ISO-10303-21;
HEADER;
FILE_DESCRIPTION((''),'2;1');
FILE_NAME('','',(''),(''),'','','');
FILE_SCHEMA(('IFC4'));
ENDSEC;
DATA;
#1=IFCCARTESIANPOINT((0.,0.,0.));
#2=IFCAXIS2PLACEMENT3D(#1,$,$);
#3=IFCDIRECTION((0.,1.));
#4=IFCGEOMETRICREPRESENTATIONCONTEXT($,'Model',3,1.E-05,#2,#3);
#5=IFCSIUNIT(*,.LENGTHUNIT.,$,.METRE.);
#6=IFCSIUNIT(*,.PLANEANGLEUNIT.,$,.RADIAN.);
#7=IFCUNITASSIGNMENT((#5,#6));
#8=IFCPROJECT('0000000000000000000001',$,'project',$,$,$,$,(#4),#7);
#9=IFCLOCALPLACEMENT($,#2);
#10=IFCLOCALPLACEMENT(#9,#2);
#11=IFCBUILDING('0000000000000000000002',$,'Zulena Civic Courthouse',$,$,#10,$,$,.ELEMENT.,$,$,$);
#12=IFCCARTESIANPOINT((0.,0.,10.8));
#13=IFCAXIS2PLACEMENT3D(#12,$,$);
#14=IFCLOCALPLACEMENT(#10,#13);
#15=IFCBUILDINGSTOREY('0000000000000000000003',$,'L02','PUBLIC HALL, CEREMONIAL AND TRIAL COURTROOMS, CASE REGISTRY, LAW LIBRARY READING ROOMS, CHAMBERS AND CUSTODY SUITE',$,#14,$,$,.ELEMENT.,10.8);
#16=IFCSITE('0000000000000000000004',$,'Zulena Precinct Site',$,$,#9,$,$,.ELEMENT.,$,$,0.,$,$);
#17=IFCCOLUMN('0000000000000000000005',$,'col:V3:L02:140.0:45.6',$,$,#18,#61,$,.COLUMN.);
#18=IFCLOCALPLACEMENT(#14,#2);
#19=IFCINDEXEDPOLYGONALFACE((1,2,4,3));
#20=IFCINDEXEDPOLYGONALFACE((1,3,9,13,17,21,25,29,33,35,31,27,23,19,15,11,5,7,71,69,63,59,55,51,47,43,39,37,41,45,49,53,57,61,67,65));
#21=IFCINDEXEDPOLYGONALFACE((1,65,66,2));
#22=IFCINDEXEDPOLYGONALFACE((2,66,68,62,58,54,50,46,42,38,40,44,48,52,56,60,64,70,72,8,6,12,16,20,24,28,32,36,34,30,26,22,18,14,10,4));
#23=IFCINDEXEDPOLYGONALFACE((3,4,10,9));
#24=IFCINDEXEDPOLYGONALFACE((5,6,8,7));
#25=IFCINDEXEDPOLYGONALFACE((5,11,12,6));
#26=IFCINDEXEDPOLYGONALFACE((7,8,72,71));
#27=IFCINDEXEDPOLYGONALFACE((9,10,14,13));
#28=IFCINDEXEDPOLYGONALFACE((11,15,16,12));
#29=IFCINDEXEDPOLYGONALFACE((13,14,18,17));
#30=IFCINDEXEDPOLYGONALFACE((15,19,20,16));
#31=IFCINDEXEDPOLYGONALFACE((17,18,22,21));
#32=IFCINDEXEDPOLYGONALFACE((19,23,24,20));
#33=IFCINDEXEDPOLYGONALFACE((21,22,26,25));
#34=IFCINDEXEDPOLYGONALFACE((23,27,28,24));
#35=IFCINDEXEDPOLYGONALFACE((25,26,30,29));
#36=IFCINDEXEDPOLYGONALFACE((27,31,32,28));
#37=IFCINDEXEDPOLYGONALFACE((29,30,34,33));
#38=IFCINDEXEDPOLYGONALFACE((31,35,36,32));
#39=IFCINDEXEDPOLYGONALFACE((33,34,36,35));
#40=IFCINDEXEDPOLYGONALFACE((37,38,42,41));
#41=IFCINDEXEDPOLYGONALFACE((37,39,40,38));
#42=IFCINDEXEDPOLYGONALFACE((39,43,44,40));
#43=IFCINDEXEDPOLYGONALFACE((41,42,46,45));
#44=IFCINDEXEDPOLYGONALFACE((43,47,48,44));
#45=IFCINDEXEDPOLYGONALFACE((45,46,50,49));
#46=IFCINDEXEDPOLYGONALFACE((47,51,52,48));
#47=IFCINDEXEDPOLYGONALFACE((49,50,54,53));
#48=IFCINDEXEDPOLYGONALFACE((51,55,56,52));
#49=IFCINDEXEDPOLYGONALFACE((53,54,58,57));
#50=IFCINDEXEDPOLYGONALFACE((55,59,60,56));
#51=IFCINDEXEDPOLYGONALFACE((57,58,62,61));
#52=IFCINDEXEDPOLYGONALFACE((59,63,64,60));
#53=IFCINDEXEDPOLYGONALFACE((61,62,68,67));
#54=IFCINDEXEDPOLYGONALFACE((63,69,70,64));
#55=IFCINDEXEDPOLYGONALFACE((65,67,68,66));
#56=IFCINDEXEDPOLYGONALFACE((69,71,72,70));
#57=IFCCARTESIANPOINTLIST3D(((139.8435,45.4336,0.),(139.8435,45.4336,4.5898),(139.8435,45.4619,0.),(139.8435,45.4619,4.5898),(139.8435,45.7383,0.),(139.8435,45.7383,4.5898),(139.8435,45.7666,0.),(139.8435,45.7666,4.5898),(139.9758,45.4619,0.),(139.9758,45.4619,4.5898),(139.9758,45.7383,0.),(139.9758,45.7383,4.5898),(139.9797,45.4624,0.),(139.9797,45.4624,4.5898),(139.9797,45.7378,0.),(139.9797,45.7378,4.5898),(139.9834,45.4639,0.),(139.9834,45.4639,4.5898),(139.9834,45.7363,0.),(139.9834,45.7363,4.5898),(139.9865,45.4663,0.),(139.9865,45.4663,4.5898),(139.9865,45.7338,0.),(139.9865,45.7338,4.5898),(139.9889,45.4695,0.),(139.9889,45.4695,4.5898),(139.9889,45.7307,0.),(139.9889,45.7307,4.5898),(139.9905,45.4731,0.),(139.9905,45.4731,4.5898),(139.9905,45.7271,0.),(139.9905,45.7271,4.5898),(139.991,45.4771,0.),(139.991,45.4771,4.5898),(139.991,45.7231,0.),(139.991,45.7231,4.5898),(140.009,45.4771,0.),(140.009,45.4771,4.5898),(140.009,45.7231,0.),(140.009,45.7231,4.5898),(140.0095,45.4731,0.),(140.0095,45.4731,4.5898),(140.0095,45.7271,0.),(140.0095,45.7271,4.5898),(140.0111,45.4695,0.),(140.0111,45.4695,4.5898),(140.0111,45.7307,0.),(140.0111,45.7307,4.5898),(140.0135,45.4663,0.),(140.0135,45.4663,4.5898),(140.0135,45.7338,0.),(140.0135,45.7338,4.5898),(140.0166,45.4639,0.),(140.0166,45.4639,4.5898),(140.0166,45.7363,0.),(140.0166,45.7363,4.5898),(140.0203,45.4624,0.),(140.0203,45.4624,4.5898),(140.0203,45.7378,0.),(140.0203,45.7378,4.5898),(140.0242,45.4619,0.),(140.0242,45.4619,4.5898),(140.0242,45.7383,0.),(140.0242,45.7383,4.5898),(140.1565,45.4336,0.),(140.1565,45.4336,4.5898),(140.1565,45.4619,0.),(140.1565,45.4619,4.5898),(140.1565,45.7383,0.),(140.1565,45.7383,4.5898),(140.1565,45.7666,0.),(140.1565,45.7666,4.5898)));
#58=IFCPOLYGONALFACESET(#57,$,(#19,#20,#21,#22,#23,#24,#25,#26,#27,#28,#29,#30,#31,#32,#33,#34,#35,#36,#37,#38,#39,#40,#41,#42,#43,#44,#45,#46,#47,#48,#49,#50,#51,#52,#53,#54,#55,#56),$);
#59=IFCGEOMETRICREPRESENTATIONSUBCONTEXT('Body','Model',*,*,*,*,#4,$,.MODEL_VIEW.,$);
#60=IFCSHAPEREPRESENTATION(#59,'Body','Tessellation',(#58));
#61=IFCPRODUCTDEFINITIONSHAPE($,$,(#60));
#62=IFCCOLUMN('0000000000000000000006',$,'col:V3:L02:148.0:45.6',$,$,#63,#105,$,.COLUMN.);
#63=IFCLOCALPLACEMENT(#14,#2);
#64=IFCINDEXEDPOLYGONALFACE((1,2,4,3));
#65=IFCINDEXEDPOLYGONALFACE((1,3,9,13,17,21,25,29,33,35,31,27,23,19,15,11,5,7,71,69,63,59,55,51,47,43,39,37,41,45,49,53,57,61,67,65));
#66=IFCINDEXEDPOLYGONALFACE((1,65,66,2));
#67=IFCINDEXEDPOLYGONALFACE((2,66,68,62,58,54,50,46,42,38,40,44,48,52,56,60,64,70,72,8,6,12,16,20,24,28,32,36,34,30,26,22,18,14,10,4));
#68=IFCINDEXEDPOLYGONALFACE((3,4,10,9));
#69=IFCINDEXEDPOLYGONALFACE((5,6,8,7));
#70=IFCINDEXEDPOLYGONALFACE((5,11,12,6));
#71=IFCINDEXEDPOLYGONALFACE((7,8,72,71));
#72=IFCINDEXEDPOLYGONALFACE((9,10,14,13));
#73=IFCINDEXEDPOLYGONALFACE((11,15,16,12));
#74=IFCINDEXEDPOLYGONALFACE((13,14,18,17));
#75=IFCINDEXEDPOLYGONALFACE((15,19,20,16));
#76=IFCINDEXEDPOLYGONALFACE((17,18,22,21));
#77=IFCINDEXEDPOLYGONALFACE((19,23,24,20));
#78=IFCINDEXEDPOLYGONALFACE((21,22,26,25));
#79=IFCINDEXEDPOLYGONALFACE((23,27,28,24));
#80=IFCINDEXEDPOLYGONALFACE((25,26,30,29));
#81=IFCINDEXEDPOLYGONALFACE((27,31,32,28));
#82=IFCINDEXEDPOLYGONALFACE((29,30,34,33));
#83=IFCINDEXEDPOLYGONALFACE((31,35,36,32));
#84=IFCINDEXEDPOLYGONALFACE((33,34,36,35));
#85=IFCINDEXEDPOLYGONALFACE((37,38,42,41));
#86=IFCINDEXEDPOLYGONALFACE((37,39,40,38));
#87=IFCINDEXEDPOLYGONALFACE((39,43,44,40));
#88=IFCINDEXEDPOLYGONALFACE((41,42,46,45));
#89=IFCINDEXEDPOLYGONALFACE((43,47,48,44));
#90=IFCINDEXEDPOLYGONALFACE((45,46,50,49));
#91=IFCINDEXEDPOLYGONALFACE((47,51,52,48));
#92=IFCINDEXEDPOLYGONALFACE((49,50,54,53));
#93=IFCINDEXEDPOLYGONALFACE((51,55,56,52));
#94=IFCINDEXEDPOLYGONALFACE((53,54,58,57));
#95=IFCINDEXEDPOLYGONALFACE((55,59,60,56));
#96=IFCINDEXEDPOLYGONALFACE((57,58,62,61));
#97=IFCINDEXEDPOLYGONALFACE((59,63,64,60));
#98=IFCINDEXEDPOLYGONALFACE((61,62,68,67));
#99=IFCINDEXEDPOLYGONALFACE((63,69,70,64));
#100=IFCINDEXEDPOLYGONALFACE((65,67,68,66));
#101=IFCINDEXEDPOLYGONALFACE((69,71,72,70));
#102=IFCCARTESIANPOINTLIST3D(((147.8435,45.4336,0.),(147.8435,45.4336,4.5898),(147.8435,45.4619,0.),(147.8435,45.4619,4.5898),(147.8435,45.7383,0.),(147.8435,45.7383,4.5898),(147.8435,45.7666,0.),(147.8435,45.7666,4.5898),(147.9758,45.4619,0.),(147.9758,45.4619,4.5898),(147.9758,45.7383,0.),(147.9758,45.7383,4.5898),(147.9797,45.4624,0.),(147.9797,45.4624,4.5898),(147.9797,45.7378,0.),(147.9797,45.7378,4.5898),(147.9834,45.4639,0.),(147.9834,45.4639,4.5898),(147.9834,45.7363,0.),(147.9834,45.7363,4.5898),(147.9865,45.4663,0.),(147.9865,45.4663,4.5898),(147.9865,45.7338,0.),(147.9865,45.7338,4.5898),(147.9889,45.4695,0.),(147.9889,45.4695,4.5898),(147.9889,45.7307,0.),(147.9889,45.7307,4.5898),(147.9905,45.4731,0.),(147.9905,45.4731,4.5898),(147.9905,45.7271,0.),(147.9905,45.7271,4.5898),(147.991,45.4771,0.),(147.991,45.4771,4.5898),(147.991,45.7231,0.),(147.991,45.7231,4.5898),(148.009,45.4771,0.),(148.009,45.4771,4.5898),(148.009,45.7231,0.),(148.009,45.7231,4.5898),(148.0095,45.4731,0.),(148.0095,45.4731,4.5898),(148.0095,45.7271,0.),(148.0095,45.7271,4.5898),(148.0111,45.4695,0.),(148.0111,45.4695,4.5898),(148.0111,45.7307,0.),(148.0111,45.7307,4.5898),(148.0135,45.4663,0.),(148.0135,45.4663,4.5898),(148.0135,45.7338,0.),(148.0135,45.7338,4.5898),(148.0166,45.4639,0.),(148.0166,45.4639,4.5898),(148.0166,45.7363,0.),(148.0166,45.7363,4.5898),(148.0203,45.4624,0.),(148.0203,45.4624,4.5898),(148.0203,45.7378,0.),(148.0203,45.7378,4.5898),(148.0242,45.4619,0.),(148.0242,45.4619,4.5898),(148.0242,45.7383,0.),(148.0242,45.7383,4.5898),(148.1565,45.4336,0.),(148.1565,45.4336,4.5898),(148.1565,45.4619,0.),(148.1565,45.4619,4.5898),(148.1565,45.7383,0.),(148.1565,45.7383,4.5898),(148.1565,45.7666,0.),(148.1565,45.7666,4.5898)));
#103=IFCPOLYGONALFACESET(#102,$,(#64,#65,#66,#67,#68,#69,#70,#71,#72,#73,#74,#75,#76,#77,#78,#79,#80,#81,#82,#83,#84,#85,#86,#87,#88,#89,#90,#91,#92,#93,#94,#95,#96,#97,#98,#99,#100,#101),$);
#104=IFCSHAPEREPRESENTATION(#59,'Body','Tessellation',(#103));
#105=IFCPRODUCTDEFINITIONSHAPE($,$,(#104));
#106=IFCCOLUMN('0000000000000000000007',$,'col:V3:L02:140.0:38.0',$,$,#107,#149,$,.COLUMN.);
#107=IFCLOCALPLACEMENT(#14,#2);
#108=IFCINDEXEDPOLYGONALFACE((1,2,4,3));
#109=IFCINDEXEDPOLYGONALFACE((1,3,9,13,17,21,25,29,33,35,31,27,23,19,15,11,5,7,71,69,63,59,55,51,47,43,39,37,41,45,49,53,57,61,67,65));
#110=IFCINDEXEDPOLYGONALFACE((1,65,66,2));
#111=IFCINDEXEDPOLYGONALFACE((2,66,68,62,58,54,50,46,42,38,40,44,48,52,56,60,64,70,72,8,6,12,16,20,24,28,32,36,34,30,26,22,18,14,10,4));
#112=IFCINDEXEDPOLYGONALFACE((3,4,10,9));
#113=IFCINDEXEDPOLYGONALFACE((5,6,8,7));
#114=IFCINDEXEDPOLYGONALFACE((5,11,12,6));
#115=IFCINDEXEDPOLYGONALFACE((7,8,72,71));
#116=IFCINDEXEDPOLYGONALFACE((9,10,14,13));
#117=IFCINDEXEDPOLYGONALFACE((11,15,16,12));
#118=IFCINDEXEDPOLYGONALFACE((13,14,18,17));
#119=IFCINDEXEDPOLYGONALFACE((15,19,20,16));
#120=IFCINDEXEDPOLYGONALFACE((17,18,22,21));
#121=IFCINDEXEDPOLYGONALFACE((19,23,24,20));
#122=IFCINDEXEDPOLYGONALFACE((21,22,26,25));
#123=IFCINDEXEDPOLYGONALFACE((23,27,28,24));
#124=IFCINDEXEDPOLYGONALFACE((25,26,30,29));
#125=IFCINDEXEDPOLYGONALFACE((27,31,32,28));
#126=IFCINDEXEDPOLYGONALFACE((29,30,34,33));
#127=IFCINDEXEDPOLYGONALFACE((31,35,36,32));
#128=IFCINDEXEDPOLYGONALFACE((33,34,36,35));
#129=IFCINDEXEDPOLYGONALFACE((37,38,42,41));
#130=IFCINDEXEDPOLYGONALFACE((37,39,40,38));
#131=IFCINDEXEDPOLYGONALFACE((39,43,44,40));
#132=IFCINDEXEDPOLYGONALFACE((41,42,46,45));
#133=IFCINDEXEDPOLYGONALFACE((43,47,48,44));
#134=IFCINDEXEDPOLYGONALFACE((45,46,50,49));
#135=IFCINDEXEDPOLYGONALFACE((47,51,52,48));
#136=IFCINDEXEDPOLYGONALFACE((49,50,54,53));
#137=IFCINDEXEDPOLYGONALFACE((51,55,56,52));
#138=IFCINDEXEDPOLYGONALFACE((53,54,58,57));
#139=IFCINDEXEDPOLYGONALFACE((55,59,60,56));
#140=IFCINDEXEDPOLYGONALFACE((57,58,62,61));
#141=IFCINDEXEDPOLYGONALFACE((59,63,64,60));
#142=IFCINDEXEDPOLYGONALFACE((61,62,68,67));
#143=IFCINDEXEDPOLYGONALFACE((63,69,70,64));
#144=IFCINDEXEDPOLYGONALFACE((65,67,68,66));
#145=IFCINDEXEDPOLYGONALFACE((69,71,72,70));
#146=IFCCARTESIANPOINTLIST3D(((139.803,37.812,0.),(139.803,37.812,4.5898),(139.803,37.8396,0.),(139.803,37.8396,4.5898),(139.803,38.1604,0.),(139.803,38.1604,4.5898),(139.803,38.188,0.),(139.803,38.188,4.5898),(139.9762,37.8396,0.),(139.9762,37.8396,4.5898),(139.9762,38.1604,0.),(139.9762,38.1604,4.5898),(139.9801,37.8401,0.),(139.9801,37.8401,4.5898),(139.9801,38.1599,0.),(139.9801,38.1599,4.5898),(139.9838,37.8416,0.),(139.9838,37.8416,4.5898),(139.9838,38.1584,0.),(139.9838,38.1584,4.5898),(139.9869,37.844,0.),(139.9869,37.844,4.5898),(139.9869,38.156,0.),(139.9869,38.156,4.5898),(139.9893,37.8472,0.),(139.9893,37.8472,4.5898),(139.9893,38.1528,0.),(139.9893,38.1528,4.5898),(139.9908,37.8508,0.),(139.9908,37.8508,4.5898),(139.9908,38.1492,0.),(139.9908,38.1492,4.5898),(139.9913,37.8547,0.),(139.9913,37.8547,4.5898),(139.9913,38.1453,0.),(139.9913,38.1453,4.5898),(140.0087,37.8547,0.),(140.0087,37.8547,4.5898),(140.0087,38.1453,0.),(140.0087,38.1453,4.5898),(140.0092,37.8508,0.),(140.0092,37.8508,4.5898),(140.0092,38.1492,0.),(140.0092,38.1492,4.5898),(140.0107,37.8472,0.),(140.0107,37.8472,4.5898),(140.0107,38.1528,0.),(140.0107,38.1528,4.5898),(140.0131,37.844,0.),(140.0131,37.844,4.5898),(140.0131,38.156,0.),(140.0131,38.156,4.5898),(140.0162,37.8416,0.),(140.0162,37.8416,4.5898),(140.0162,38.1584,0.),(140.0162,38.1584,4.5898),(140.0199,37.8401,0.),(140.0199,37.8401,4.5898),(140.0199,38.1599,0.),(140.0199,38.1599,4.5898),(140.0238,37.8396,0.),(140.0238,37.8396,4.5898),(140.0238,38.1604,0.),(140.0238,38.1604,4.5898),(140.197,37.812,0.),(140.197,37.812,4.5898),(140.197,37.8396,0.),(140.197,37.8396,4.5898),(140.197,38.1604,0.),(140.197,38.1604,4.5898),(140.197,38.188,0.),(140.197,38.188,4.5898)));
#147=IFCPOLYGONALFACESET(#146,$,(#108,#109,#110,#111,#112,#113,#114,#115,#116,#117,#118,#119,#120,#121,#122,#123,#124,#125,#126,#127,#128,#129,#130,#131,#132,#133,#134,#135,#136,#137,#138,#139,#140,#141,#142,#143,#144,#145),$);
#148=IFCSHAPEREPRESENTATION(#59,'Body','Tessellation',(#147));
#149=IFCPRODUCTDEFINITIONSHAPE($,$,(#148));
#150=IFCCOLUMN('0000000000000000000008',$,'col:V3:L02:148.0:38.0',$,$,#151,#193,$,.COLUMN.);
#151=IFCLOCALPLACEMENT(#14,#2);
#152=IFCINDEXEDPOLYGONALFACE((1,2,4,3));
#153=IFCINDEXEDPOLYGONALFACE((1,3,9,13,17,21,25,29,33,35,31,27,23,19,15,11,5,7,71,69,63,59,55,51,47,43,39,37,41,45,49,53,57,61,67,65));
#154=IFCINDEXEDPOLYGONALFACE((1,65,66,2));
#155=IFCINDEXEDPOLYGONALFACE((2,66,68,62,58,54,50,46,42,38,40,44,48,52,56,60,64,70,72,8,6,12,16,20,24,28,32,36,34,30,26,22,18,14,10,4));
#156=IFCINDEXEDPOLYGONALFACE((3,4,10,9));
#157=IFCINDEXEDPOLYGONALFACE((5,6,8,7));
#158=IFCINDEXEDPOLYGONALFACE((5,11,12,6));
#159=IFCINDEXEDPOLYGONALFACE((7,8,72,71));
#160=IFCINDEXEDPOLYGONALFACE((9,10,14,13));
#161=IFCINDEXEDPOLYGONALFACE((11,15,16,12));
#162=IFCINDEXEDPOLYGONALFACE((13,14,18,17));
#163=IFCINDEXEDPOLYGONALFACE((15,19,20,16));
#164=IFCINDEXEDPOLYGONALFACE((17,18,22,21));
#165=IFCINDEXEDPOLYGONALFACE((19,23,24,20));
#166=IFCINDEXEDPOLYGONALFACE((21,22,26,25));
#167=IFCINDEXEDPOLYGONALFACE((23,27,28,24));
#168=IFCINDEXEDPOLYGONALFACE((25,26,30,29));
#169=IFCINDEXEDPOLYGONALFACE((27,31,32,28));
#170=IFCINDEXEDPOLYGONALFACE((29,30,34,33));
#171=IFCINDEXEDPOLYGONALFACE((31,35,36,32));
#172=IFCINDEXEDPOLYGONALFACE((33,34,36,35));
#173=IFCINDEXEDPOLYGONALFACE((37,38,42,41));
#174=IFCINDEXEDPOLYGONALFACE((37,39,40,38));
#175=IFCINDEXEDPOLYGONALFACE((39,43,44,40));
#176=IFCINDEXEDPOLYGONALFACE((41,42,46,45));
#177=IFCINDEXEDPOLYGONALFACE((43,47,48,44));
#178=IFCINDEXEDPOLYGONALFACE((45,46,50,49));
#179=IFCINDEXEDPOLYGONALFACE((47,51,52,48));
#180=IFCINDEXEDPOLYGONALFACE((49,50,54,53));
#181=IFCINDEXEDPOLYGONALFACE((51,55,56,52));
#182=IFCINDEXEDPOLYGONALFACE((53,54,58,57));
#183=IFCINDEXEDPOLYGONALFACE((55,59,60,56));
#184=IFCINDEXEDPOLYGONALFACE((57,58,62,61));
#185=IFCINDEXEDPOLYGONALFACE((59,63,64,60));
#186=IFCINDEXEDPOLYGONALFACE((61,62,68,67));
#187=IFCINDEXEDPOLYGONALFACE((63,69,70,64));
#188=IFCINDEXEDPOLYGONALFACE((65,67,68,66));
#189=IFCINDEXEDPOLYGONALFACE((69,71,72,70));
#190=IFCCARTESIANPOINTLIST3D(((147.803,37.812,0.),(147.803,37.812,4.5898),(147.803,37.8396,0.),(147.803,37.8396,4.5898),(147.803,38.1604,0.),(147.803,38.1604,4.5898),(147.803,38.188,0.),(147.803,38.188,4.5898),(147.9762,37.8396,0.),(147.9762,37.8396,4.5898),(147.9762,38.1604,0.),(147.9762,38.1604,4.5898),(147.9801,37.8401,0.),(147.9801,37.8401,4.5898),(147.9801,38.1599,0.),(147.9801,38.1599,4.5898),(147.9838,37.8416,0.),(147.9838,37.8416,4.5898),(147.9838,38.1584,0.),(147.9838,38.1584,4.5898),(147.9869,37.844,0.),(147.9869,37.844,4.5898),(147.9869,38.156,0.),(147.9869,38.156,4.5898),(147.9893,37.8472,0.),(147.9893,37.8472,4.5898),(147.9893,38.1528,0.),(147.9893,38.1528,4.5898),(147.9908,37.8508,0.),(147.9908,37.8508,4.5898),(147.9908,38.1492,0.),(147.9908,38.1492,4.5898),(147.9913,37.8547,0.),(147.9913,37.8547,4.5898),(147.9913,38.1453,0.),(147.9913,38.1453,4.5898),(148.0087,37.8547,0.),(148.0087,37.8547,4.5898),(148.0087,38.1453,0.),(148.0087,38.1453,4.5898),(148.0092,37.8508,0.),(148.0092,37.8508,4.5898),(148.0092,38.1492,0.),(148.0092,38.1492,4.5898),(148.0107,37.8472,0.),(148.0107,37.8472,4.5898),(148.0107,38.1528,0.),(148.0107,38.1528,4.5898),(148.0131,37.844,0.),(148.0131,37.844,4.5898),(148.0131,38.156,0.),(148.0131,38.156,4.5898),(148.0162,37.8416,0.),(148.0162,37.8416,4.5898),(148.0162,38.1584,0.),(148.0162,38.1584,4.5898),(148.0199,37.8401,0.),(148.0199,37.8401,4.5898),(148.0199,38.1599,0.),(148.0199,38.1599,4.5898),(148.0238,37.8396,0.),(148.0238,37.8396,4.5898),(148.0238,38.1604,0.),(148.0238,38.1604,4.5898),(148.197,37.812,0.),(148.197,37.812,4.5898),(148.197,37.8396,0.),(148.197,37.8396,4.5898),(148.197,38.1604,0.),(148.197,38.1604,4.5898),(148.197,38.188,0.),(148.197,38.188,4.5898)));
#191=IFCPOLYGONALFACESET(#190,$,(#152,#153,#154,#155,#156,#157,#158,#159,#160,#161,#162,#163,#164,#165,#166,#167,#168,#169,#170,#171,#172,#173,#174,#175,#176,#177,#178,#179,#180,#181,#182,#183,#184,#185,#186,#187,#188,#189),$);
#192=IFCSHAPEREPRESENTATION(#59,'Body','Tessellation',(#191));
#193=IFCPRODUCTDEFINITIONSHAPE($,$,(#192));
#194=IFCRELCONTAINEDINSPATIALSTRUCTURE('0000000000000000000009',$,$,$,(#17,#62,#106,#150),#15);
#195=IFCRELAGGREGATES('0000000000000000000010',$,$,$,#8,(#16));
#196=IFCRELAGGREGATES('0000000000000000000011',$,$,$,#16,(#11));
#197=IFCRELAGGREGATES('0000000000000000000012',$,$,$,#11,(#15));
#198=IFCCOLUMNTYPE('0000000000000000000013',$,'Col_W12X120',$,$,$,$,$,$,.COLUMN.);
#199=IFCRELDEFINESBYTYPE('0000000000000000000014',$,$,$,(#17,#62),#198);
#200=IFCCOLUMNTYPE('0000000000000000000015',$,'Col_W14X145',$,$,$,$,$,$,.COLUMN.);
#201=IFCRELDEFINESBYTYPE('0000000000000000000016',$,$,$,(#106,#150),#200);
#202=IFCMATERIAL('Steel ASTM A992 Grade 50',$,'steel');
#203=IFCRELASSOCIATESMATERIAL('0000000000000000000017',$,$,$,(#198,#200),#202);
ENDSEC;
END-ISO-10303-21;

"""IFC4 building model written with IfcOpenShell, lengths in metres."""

from ifc_helpers import new_model, si_unit, direction, frame, origin, origin_2d, place, context, subcontext, project, spatial, i_section, extrude, material, material_profile, profile_set, type_object, element, save


model = new_model("IFC4")

# Units and contexts
model_context = context("Model", 3, precision=1e-05, world=origin(), true_north=direction((0.0, 1.0)))
body_context = subcontext(model_context, "Body", "Model", "MODEL_VIEW")
ifc_project = project(units=[si_unit("LENGTHUNIT", "METRE"), si_unit("PLANEANGLEUNIT", "RADIAN")], contexts=[model_context])

# Site, building, storey
site_placement = place(None, origin())
site = spatial("IfcSite", under=ifc_project, at=site_placement, Name="Zulena Precinct Site", CompositionType="ELEMENT", RefElevation=0.0)
building_placement = place(site_placement, origin())
building = spatial("IfcBuilding", under=site, at=building_placement, Name="Zulena Civic Courthouse", CompositionType="ELEMENT")
storey_placement = place(building_placement, frame((0.0, 0.0, 10.8)))
storey = spatial("IfcBuildingStorey", under=building, at=storey_placement, Name="L02", Description="PUBLIC HALL, CEREMONIAL AND TRIAL COURTROOMS, CASE REGISTRY, LAW LIBRARY READING ROOMS, CHAMBERS AND CUSTODY SUITE", CompositionType="ELEMENT", Elevation=10.8)

# Columns
ifc_material_1 = material(Name="Steel ASTM A992 Grade 50", Category="steel")
ifc_material_profile_1 = material_profile(ifc_material_1, i_section(OverallWidth=0.313, OverallDepth=0.333, WebThickness=0.0181, FlangeThickness=0.0283, FilletRadius=0.0151, at=origin_2d()), Name="W12X120")
ifc_profile_set_1 = profile_set([ifc_material_profile_1], Name="Steel ASTM A992 Grade 50")
column_type_1 = type_object("IfcColumnType", Name="Col_W12X120", PredefinedType="COLUMN", material=ifc_profile_set_1)
for number, where, z_axis, x_axis, name in (
    (1, (140.0, 45.6001, 0.0), (0.0, 0.0, 1.0), (1.0, 0.0, 0.0), "col:V3:L02:140.0:45.6"),
    (2, (148.0, 45.6001, 0.0), (0.0, 0.0, 1.0), (1.0, 0.0, 0.0), "col:V3:L02:148.0:45.6"),
):
    element("IfcColumn", number, at=place(storey_placement, frame(where, z_axis=z_axis, x_axis=x_axis)), inside=storey, type_object=column_type_1, Name=name, PredefinedType="COLUMN", context=body_context, shape_type="SweptSolid", body=[
        extrude(i_section(OverallWidth=0.313, OverallDepth=0.333, WebThickness=0.0181, FlangeThickness=0.0283, FilletRadius=0.0151, at=origin_2d()), origin(), (0.0, 0.0, 1.0), 4.5898),
    ])
ifc_material_profile_2 = material_profile(ifc_material_1, i_section(OverallWidth=0.394, OverallDepth=0.376, WebThickness=0.0173, FlangeThickness=0.0276, FilletRadius=0.0151, at=origin_2d()), Name="W14X145")
ifc_profile_set_2 = profile_set([ifc_material_profile_2], Name="Steel ASTM A992 Grade 50")
column_type_2 = type_object("IfcColumnType", Name="Col_W14X145", PredefinedType="COLUMN", material=ifc_profile_set_2)
for number, where, z_axis, x_axis, name in (
    (3, (140.0, 38.0, 0.0), (0.0, 0.0, 1.0), (1.0, 0.0, 0.0), "col:V3:L02:140.0:38.0"),
    (4, (148.0, 38.0, 0.0), (0.0, 0.0, 1.0), (1.0, 0.0, 0.0), "col:V3:L02:148.0:38.0"),
):
    element("IfcColumn", number, at=place(storey_placement, frame(where, z_axis=z_axis, x_axis=x_axis)), inside=storey, type_object=column_type_2, Name=name, PredefinedType="COLUMN", context=body_context, shape_type="SweptSolid", body=[
        extrude(i_section(OverallWidth=0.394, OverallDepth=0.376, WebThickness=0.0173, FlangeThickness=0.0276, FilletRadius=0.0151, at=origin_2d()), origin(), (0.0, 0.0, 1.0), 4.5898),
    ])

save(model, "model.ifc")
